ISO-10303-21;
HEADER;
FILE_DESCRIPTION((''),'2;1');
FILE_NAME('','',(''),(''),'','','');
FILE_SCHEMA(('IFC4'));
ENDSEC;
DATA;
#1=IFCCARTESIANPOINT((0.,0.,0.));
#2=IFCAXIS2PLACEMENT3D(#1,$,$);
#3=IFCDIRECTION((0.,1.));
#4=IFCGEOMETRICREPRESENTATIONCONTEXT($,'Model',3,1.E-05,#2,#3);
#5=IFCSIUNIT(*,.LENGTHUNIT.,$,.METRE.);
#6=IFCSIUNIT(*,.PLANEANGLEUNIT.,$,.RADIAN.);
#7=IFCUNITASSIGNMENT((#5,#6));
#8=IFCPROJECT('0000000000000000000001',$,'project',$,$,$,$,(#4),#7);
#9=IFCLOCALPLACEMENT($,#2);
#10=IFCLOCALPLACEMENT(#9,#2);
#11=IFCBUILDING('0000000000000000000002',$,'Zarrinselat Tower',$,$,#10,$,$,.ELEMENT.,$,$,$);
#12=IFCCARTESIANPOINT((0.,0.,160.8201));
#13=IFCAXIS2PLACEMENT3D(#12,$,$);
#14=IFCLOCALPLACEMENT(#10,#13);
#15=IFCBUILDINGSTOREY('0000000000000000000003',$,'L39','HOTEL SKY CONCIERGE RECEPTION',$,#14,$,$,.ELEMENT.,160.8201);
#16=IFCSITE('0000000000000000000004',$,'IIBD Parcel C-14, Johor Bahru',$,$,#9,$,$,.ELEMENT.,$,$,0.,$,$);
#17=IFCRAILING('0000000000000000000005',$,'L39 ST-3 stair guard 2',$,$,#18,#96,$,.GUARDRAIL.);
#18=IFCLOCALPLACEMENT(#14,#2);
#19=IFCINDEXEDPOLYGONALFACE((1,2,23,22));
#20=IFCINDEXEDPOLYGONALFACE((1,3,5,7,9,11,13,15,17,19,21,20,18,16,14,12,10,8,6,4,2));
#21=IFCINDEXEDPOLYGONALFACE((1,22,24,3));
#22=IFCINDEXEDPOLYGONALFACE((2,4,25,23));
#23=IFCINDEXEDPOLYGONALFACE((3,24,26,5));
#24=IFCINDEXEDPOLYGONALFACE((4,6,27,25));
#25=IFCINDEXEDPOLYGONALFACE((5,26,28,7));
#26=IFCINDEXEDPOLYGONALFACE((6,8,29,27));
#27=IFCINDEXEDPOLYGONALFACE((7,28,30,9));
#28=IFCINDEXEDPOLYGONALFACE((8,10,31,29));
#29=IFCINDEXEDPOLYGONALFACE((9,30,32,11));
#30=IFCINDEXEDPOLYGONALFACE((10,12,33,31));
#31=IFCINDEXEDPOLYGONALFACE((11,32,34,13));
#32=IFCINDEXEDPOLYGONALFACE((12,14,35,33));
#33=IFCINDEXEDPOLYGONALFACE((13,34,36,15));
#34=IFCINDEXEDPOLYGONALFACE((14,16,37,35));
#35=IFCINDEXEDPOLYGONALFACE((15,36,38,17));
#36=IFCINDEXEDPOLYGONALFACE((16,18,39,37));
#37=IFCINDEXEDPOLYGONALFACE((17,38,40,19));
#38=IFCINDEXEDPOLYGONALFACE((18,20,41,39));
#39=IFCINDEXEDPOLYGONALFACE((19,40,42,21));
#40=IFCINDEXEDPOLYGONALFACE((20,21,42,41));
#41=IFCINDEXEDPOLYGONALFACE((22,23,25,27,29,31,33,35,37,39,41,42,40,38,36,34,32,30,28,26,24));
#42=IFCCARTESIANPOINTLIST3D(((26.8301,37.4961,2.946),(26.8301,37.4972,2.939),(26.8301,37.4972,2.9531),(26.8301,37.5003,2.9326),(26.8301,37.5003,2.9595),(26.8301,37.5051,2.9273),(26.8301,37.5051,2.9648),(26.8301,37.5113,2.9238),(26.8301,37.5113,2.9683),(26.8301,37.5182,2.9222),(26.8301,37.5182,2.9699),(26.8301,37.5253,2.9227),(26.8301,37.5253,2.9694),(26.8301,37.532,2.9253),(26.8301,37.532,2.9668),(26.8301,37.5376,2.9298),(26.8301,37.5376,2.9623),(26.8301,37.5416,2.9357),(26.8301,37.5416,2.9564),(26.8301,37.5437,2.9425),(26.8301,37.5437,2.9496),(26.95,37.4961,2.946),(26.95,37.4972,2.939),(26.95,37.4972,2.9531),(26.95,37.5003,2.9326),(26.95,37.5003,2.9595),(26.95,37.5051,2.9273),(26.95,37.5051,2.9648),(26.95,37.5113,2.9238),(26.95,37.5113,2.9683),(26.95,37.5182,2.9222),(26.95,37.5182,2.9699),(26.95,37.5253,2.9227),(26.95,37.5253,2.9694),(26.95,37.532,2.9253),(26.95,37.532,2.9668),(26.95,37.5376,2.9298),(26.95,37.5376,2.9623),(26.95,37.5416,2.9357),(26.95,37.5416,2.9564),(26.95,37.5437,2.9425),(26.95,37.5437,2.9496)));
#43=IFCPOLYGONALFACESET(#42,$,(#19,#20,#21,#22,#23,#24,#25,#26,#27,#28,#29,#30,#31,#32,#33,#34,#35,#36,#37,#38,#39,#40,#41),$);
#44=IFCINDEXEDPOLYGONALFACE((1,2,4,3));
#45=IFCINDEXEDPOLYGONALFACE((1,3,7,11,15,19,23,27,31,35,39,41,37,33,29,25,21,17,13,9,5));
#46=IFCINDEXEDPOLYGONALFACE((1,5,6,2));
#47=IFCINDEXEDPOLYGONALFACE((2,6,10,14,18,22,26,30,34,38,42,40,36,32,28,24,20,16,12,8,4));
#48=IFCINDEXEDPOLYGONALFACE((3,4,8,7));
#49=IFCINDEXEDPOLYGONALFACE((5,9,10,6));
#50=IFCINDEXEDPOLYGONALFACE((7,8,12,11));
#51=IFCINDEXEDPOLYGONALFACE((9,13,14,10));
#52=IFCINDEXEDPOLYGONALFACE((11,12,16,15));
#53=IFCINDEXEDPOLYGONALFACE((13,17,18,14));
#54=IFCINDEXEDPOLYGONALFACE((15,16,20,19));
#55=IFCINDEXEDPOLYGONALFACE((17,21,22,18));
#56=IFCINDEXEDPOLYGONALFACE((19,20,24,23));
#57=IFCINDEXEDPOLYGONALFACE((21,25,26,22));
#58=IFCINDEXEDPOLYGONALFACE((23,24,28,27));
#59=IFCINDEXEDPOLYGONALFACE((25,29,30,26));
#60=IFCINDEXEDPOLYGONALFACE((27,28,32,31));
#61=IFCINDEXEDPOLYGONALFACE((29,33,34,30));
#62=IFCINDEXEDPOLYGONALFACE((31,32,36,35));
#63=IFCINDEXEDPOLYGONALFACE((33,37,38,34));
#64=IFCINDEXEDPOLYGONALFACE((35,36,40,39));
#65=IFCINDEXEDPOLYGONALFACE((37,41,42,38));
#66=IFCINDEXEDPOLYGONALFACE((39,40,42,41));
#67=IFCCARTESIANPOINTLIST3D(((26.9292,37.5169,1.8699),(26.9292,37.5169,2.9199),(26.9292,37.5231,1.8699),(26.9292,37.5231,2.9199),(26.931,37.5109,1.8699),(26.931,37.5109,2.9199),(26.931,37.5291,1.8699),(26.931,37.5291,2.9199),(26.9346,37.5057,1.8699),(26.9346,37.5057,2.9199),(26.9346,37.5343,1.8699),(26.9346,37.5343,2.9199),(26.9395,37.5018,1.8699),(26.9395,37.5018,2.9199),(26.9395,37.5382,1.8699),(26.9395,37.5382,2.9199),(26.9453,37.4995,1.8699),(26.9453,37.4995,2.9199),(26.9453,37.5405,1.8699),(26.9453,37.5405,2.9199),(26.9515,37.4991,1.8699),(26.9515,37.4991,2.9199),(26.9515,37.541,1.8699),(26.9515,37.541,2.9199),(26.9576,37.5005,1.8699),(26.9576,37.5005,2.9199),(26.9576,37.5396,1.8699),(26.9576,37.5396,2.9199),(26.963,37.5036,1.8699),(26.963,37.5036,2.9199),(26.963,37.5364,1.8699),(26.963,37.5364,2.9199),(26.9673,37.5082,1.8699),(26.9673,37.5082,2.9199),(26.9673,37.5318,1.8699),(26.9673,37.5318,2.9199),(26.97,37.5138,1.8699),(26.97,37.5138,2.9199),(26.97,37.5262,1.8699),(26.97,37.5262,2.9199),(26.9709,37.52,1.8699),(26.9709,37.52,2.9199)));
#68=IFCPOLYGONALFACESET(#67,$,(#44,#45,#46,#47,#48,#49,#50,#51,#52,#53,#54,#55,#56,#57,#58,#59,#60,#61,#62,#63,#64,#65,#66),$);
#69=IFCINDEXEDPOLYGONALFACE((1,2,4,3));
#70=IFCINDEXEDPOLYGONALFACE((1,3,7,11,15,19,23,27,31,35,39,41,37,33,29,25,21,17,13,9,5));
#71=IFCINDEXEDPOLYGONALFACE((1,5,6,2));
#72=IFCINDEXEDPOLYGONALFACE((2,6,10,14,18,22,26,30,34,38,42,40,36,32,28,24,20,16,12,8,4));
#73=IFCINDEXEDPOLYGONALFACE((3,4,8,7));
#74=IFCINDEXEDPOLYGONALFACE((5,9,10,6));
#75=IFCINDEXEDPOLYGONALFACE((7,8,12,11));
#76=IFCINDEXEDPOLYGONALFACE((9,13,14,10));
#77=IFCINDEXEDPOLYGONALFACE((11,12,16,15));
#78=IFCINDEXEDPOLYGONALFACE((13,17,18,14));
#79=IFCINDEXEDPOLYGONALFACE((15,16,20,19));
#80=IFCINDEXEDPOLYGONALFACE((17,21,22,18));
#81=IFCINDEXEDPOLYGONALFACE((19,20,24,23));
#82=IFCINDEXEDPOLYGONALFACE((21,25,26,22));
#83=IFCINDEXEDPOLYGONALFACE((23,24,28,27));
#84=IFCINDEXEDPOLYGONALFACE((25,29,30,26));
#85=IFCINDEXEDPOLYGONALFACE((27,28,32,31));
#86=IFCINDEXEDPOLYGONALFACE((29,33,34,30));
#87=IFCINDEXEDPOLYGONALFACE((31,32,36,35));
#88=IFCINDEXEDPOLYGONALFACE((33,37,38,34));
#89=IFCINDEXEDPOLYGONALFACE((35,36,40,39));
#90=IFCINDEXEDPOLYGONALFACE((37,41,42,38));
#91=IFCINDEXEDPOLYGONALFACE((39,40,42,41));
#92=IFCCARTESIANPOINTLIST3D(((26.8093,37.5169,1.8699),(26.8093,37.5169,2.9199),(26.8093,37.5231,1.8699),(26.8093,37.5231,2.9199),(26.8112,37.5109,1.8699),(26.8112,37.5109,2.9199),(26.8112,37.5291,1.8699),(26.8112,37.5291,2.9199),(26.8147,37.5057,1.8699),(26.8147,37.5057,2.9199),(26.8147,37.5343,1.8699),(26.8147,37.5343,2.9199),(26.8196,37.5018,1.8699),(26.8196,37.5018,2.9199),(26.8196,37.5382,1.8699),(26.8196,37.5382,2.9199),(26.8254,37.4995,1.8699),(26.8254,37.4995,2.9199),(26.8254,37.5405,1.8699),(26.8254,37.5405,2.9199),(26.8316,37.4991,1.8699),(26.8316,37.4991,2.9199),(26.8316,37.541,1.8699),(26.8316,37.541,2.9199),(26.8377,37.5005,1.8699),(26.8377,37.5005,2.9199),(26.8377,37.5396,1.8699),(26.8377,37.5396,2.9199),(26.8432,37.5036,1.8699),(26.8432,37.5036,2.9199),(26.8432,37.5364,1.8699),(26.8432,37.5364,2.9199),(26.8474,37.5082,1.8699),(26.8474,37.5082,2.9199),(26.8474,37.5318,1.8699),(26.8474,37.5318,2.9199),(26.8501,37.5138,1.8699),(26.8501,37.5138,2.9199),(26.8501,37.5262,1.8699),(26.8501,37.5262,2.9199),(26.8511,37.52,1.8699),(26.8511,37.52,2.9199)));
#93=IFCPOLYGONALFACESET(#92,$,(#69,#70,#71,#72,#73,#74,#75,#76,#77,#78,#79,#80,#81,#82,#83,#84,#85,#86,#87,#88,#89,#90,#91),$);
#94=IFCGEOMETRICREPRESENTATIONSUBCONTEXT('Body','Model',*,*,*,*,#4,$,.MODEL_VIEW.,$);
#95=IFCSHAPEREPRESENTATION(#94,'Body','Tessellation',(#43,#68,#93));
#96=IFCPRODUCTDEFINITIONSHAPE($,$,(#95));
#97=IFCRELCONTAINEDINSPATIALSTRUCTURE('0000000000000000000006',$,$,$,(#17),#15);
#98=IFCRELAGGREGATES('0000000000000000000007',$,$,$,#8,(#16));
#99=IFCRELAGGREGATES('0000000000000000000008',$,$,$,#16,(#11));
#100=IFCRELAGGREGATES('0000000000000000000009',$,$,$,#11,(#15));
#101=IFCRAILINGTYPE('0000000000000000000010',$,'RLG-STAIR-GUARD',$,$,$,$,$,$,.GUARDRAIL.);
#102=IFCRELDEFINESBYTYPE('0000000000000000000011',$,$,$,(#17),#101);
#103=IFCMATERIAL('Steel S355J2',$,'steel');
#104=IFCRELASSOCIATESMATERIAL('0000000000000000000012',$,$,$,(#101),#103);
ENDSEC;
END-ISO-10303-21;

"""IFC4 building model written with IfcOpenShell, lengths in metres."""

from ifc_helpers import new_model, si_unit, direction, frame, origin, origin_2d, place, context, subcontext, project, spatial, circle, extrude, material, type_object, element, save


model = new_model("IFC4")

# Units and contexts
model_context = context("Model", 3, precision=1e-05, world=origin(), true_north=direction((0.0, 1.0)))
body_context = subcontext(model_context, "Body", "Model", "MODEL_VIEW")
ifc_project = project(units=[si_unit("LENGTHUNIT", "METRE"), si_unit("PLANEANGLEUNIT", "RADIAN")], contexts=[model_context])

# Site, building, storey
site_placement = place(None, origin())
site = spatial("IfcSite", under=ifc_project, at=site_placement, Name="IIBD Parcel C-14, Johor Bahru", CompositionType="ELEMENT", RefElevation=0.0)
building_placement = place(site_placement, origin())
building = spatial("IfcBuilding", under=site, at=building_placement, Name="Zarrinselat Tower", CompositionType="ELEMENT")
storey_placement = place(building_placement, frame((0.0, 0.0, 160.8201)))
storey = spatial("IfcBuildingStorey", under=building, at=storey_placement, Name="L39", Description="HOTEL SKY CONCIERGE RECEPTION", CompositionType="ELEMENT", Elevation=160.8201)

# Railing
ifc_material_1 = material(Name="Steel S355J2", Category="steel")
railing_type_1 = type_object("IfcRailingType", Name="RLG-STAIR-GUARD", PredefinedType="GUARDRAIL", material=ifc_material_1)
railing_1_placement = place(storey_placement, frame((26.95, 37.52, 1.8699)))
element("IfcRailing", 1, at=railing_1_placement, inside=storey, type_object=railing_type_1, Name="L39 ST-3 stair guard 2", PredefinedType="GUARDRAIL", context=body_context, shape_type="SweptSolid", body=[
    extrude(circle(Radius=0.0239, at=origin_2d()), frame((0.0, 0.0, 1.0762), z_axis=(-1.0, 0.0, 0.0), x_axis=(0.0, -1.0, 0.0)), (0.0, 0.0, 1.0), 0.1199),
    extrude(circle(Radius=0.021, at=origin_2d()), origin(), (0.0, 0.0, 1.0), 1.05),
    extrude(circle(Radius=0.021, at=origin_2d()), frame((-0.1199, 0.0, 0.0)), (0.0, 0.0, 1.0), 1.05),
])

save(model, "model.ifc")
